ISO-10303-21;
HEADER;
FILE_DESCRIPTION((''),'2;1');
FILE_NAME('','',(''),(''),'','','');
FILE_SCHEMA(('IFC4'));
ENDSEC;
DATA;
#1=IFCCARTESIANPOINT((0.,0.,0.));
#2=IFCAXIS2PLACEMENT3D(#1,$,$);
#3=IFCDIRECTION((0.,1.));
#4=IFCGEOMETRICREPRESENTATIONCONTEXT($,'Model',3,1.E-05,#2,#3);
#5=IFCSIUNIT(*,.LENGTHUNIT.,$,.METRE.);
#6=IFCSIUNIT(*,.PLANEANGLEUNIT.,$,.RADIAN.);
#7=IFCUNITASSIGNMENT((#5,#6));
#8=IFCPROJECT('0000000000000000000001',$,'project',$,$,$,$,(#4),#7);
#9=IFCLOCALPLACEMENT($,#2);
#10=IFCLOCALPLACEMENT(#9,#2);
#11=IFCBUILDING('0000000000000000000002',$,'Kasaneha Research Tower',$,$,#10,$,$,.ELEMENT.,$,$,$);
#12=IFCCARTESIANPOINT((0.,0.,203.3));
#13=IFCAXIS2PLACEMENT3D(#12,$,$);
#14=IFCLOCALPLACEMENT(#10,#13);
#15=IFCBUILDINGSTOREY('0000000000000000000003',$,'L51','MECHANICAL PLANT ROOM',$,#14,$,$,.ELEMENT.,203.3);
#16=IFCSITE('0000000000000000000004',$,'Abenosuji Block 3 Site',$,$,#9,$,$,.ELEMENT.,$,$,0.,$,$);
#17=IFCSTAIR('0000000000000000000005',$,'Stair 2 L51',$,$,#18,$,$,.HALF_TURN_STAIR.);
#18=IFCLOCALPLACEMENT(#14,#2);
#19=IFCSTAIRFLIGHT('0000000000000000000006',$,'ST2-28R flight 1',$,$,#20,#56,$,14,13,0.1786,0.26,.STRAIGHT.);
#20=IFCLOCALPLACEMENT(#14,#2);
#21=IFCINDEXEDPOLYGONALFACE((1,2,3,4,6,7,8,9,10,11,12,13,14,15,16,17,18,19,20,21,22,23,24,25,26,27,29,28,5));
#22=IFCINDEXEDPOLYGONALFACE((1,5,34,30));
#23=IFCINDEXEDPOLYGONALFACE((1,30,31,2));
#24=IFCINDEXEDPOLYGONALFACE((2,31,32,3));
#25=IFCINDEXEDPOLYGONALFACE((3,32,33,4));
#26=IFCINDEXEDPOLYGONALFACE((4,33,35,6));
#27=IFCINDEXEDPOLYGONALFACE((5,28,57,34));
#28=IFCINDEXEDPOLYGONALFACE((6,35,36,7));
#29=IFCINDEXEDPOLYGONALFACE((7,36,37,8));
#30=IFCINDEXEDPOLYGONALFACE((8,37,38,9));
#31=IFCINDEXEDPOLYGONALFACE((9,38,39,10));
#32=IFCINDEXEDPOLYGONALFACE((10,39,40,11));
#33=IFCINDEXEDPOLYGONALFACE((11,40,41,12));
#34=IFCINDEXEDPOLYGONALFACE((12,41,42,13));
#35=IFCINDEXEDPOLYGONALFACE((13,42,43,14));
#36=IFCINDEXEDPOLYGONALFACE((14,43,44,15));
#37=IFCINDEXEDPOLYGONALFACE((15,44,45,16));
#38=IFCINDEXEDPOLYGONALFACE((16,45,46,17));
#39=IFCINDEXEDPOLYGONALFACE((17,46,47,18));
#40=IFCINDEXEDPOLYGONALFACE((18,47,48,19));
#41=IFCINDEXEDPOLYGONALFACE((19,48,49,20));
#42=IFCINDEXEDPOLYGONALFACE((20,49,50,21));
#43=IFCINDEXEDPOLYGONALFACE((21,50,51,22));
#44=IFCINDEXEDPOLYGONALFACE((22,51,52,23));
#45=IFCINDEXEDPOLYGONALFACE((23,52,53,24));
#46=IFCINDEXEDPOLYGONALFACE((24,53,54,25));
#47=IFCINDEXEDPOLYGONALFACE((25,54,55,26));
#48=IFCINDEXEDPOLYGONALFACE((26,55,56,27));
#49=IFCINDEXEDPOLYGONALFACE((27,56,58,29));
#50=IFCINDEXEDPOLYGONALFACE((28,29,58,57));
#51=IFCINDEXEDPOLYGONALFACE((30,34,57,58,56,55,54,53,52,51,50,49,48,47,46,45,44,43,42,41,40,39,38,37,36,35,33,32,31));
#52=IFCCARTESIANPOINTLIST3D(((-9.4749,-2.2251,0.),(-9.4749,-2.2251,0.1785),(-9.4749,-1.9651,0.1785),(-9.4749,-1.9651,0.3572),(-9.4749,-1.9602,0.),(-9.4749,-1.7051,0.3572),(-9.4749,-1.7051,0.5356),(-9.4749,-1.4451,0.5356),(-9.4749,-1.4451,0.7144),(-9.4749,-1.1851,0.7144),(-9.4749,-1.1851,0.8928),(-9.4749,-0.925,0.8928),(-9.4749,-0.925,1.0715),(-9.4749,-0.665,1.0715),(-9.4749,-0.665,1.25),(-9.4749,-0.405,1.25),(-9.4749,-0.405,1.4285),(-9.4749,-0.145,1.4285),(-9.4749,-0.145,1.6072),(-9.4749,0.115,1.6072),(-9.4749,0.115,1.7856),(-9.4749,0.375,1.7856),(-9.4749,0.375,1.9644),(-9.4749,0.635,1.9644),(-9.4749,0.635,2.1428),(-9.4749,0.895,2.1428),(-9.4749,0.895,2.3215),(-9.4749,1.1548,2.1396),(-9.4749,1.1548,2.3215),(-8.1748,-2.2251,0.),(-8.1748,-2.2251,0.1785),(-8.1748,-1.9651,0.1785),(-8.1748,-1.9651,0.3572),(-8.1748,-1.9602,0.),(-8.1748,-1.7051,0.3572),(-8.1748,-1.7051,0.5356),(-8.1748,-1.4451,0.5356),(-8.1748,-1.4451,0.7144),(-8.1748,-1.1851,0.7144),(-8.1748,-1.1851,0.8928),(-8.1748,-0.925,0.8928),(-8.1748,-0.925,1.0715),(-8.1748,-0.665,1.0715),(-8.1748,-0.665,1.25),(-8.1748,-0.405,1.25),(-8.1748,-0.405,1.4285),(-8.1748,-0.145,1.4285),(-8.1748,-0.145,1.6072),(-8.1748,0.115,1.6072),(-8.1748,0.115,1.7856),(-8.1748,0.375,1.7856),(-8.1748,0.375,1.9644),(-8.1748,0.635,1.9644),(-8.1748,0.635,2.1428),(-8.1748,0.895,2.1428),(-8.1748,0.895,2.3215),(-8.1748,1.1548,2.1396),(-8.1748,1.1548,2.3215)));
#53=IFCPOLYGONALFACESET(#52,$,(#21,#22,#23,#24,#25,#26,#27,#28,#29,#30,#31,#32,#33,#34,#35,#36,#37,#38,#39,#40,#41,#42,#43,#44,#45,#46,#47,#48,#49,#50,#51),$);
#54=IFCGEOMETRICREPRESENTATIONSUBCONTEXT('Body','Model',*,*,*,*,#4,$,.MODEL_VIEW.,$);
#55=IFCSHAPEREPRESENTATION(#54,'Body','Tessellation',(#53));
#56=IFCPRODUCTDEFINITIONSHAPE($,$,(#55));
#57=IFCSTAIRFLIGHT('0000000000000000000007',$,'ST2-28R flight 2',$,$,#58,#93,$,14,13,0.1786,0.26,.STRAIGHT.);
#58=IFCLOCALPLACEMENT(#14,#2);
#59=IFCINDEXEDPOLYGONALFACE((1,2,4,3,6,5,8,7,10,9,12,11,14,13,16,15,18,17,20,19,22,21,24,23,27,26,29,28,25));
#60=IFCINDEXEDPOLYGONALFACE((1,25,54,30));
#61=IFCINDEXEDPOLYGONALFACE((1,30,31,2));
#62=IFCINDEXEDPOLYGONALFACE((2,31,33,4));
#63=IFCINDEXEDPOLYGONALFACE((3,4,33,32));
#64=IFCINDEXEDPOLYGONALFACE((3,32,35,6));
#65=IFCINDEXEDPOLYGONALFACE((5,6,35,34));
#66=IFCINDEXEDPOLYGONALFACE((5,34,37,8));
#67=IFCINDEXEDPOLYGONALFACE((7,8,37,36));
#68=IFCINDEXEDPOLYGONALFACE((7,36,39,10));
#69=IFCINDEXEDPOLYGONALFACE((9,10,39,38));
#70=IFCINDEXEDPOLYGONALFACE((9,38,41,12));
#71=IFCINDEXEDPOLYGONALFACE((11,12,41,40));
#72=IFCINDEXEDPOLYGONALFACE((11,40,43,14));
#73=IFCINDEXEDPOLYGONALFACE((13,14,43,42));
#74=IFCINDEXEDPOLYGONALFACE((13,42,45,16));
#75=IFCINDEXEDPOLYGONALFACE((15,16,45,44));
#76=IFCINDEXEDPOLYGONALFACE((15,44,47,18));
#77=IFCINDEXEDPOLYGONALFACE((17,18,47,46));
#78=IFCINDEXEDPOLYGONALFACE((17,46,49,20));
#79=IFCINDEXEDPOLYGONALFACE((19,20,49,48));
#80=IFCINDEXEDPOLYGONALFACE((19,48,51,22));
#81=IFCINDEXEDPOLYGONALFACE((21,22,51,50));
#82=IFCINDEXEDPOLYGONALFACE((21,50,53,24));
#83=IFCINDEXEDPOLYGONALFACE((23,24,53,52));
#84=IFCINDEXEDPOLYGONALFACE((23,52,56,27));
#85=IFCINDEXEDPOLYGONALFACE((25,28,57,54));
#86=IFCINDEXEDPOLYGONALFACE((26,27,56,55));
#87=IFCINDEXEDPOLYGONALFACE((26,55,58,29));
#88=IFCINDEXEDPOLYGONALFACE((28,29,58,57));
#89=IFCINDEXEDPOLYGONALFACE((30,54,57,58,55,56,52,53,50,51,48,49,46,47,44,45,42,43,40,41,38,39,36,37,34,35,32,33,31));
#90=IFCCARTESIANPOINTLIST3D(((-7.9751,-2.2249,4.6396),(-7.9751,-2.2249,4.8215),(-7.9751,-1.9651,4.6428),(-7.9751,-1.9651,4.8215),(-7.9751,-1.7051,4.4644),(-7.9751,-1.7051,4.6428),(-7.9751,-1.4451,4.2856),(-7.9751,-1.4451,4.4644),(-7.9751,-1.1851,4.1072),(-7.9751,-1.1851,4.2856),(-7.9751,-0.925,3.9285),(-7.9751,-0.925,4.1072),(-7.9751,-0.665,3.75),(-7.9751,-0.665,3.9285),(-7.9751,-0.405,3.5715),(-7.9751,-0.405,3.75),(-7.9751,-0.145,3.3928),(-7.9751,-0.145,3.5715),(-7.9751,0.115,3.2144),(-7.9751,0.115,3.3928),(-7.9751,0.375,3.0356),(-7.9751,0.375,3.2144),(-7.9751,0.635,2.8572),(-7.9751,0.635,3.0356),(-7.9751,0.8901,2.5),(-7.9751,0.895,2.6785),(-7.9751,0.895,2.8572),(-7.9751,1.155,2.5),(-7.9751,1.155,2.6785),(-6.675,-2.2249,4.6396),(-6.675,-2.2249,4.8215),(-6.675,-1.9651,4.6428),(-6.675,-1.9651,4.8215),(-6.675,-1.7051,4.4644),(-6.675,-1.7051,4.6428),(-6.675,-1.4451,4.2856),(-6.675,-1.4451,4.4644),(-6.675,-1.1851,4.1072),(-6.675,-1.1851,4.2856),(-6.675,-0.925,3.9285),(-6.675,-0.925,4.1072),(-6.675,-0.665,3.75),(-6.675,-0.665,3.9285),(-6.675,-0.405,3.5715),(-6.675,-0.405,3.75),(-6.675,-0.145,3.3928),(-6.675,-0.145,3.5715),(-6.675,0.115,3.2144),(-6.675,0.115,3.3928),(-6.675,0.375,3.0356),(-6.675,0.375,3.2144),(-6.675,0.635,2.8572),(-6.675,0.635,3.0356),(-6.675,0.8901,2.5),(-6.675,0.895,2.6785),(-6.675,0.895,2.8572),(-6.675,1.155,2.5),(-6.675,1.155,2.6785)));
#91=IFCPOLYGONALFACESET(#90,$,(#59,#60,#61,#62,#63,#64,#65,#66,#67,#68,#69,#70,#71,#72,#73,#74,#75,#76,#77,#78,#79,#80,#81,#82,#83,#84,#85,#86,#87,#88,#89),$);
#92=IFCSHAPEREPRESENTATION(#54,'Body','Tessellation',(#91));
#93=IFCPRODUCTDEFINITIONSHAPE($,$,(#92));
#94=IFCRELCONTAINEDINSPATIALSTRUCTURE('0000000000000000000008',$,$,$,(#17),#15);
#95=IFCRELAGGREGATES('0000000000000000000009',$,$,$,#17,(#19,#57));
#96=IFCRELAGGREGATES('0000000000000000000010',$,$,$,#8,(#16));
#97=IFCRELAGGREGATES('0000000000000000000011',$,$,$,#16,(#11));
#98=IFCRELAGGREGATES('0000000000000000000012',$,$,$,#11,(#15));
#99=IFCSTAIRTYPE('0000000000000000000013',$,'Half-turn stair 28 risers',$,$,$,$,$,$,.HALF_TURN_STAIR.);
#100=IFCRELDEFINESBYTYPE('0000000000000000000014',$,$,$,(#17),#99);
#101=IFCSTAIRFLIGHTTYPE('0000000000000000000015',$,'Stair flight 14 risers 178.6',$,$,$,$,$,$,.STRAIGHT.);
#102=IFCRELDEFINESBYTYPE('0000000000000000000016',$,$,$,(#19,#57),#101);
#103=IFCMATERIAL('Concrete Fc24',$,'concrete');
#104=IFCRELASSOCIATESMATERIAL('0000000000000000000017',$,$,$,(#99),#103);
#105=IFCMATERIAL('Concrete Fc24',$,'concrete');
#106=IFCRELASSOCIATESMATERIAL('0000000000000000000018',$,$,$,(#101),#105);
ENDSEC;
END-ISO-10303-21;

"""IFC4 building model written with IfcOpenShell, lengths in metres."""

from ifc_helpers import new_model, si_unit, direction, frame, origin, place, context, subcontext, project, spatial, polyline, outline, extrude, material, type_object, element, aggregate, save


model = new_model("IFC4")

# Units and contexts
model_context = context("Model", 3, precision=1e-05, world=origin(), true_north=direction((0.0, 1.0)))
body_context = subcontext(model_context, "Body", "Model", "MODEL_VIEW")
ifc_project = project(units=[si_unit("LENGTHUNIT", "METRE"), si_unit("PLANEANGLEUNIT", "RADIAN")], contexts=[model_context])

# Site, building, storey
site_placement = place(None, origin())
site = spatial("IfcSite", under=ifc_project, at=site_placement, Name="Abenosuji Block 3 Site", CompositionType="ELEMENT", RefElevation=0.0)
building_placement = place(site_placement, origin())
building = spatial("IfcBuilding", under=site, at=building_placement, Name="Kasaneha Research Tower", CompositionType="ELEMENT")
storey_placement = place(building_placement, frame((0.0, 0.0, 203.3)))
storey = spatial("IfcBuildingStorey", under=building, at=storey_placement, Name="L51", Description="MECHANICAL PLANT ROOM", CompositionType="ELEMENT", Elevation=203.3)

# Stair, stair flights
ifc_material_1 = material(Name="Concrete Fc24", Category="concrete")
stair_type = type_object("IfcStairType", Name="Half-turn stair 28 risers", PredefinedType="HALF_TURN_STAIR", material=ifc_material_1)
stair_placement = place(storey_placement, origin())
stair = element("IfcStair", 1, at=stair_placement, inside=storey, type_object=stair_type, Name="Stair 2 L51", PredefinedType="HALF_TURN_STAIR")
ifc_material_2 = material(Name="Concrete Fc24", Category="concrete")
stair_flight_type = type_object("IfcStairFlightType", Name="Stair flight 14 risers 178.6", PredefinedType="STRAIGHT", material=ifc_material_2)
stair_flight_1_placement = place(storey_placement, frame((-8.825, -2.2251, 0.0), z_axis=(0.0, 0.0, 1.0), x_axis=(0.0, 1.0, 0.0)))
stair_flight_1 = element("IfcStairFlight", 2, at=stair_flight_1_placement, type_object=stair_flight_type, Name="ST2-28R flight 1", NumberOfRisers=14, NumberOfTreads=13, PredefinedType="STRAIGHT", RiserHeight=0.1786, TreadLength=0.26, context=body_context, shape_type="SweptSolid", body=[
    extrude(outline(polyline([(0.0, 0.0), (0.0, 0.1785), (0.26, 0.1785), (0.26, 0.3572), (0.52, 0.3572), (0.52, 0.5356), (0.78, 0.5356), (0.78, 0.7144), (1.04, 0.7144), (1.04, 0.8928), (1.3, 0.8928), (1.3, 1.0715), (1.5601, 1.0715), (1.5601, 1.25), (1.8201, 1.25), (1.8201, 1.4285), (2.0801, 1.4285), (2.0801, 1.6072), (2.3401, 1.6072), (2.3401, 1.7856), (2.6001, 1.7856), (2.6001, 1.9644), (2.8601, 1.9644), (2.8601, 2.1428), (3.1201, 2.1428), (3.1201, 2.3215), (3.3799, 2.3215), (3.3799, 2.5), (3.3799, 2.1396), (0.2649, 0.0), (0.0, 0.0)])), frame((0.0, 0.6499, 0.0), z_axis=(0.0, -1.0, 0.0), x_axis=(1.0, 0.0, 0.0)), (0.0, 0.0, 1.0), 1.3),
])
stair_flight_2_placement = place(storey_placement, frame((-7.325, 1.155, 2.5), z_axis=(0.0, 0.0, 1.0), x_axis=(0.0, -1.0, 0.0)))
stair_flight_2 = element("IfcStairFlight", 3, at=stair_flight_2_placement, type_object=stair_flight_type, Name="ST2-28R flight 2", NumberOfRisers=14, NumberOfTreads=13, PredefinedType="STRAIGHT", RiserHeight=0.1786, TreadLength=0.26, context=body_context, shape_type="SweptSolid", body=[
    extrude(outline(polyline([(0.0, 0.0), (0.0, 0.1785), (0.26, 0.1785), (0.26, 0.3572), (0.52, 0.3572), (0.52, 0.5356), (0.78, 0.5356), (0.78, 0.7144), (1.04, 0.7144), (1.04, 0.8928), (1.3, 0.8928), (1.3, 1.0715), (1.5601, 1.0715), (1.5601, 1.25), (1.8201, 1.25), (1.8201, 1.4285), (2.0801, 1.4285), (2.0801, 1.6072), (2.3401, 1.6072), (2.3401, 1.7856), (2.6001, 1.7856), (2.6001, 1.9644), (2.8601, 1.9644), (2.8601, 2.1428), (3.1201, 2.1428), (3.1201, 2.3215), (3.3799, 2.3215), (3.3799, 2.5), (3.3799, 2.1396), (0.2649, 0.0), (0.0, 0.0)])), frame((0.0, 0.6499, 0.0), z_axis=(0.0, -1.0, 0.0), x_axis=(1.0, 0.0, 0.0)), (0.0, 0.0, 1.0), 1.3),
])
aggregate(stair, [stair_flight_1, stair_flight_2])

save(model, "model.ifc")
